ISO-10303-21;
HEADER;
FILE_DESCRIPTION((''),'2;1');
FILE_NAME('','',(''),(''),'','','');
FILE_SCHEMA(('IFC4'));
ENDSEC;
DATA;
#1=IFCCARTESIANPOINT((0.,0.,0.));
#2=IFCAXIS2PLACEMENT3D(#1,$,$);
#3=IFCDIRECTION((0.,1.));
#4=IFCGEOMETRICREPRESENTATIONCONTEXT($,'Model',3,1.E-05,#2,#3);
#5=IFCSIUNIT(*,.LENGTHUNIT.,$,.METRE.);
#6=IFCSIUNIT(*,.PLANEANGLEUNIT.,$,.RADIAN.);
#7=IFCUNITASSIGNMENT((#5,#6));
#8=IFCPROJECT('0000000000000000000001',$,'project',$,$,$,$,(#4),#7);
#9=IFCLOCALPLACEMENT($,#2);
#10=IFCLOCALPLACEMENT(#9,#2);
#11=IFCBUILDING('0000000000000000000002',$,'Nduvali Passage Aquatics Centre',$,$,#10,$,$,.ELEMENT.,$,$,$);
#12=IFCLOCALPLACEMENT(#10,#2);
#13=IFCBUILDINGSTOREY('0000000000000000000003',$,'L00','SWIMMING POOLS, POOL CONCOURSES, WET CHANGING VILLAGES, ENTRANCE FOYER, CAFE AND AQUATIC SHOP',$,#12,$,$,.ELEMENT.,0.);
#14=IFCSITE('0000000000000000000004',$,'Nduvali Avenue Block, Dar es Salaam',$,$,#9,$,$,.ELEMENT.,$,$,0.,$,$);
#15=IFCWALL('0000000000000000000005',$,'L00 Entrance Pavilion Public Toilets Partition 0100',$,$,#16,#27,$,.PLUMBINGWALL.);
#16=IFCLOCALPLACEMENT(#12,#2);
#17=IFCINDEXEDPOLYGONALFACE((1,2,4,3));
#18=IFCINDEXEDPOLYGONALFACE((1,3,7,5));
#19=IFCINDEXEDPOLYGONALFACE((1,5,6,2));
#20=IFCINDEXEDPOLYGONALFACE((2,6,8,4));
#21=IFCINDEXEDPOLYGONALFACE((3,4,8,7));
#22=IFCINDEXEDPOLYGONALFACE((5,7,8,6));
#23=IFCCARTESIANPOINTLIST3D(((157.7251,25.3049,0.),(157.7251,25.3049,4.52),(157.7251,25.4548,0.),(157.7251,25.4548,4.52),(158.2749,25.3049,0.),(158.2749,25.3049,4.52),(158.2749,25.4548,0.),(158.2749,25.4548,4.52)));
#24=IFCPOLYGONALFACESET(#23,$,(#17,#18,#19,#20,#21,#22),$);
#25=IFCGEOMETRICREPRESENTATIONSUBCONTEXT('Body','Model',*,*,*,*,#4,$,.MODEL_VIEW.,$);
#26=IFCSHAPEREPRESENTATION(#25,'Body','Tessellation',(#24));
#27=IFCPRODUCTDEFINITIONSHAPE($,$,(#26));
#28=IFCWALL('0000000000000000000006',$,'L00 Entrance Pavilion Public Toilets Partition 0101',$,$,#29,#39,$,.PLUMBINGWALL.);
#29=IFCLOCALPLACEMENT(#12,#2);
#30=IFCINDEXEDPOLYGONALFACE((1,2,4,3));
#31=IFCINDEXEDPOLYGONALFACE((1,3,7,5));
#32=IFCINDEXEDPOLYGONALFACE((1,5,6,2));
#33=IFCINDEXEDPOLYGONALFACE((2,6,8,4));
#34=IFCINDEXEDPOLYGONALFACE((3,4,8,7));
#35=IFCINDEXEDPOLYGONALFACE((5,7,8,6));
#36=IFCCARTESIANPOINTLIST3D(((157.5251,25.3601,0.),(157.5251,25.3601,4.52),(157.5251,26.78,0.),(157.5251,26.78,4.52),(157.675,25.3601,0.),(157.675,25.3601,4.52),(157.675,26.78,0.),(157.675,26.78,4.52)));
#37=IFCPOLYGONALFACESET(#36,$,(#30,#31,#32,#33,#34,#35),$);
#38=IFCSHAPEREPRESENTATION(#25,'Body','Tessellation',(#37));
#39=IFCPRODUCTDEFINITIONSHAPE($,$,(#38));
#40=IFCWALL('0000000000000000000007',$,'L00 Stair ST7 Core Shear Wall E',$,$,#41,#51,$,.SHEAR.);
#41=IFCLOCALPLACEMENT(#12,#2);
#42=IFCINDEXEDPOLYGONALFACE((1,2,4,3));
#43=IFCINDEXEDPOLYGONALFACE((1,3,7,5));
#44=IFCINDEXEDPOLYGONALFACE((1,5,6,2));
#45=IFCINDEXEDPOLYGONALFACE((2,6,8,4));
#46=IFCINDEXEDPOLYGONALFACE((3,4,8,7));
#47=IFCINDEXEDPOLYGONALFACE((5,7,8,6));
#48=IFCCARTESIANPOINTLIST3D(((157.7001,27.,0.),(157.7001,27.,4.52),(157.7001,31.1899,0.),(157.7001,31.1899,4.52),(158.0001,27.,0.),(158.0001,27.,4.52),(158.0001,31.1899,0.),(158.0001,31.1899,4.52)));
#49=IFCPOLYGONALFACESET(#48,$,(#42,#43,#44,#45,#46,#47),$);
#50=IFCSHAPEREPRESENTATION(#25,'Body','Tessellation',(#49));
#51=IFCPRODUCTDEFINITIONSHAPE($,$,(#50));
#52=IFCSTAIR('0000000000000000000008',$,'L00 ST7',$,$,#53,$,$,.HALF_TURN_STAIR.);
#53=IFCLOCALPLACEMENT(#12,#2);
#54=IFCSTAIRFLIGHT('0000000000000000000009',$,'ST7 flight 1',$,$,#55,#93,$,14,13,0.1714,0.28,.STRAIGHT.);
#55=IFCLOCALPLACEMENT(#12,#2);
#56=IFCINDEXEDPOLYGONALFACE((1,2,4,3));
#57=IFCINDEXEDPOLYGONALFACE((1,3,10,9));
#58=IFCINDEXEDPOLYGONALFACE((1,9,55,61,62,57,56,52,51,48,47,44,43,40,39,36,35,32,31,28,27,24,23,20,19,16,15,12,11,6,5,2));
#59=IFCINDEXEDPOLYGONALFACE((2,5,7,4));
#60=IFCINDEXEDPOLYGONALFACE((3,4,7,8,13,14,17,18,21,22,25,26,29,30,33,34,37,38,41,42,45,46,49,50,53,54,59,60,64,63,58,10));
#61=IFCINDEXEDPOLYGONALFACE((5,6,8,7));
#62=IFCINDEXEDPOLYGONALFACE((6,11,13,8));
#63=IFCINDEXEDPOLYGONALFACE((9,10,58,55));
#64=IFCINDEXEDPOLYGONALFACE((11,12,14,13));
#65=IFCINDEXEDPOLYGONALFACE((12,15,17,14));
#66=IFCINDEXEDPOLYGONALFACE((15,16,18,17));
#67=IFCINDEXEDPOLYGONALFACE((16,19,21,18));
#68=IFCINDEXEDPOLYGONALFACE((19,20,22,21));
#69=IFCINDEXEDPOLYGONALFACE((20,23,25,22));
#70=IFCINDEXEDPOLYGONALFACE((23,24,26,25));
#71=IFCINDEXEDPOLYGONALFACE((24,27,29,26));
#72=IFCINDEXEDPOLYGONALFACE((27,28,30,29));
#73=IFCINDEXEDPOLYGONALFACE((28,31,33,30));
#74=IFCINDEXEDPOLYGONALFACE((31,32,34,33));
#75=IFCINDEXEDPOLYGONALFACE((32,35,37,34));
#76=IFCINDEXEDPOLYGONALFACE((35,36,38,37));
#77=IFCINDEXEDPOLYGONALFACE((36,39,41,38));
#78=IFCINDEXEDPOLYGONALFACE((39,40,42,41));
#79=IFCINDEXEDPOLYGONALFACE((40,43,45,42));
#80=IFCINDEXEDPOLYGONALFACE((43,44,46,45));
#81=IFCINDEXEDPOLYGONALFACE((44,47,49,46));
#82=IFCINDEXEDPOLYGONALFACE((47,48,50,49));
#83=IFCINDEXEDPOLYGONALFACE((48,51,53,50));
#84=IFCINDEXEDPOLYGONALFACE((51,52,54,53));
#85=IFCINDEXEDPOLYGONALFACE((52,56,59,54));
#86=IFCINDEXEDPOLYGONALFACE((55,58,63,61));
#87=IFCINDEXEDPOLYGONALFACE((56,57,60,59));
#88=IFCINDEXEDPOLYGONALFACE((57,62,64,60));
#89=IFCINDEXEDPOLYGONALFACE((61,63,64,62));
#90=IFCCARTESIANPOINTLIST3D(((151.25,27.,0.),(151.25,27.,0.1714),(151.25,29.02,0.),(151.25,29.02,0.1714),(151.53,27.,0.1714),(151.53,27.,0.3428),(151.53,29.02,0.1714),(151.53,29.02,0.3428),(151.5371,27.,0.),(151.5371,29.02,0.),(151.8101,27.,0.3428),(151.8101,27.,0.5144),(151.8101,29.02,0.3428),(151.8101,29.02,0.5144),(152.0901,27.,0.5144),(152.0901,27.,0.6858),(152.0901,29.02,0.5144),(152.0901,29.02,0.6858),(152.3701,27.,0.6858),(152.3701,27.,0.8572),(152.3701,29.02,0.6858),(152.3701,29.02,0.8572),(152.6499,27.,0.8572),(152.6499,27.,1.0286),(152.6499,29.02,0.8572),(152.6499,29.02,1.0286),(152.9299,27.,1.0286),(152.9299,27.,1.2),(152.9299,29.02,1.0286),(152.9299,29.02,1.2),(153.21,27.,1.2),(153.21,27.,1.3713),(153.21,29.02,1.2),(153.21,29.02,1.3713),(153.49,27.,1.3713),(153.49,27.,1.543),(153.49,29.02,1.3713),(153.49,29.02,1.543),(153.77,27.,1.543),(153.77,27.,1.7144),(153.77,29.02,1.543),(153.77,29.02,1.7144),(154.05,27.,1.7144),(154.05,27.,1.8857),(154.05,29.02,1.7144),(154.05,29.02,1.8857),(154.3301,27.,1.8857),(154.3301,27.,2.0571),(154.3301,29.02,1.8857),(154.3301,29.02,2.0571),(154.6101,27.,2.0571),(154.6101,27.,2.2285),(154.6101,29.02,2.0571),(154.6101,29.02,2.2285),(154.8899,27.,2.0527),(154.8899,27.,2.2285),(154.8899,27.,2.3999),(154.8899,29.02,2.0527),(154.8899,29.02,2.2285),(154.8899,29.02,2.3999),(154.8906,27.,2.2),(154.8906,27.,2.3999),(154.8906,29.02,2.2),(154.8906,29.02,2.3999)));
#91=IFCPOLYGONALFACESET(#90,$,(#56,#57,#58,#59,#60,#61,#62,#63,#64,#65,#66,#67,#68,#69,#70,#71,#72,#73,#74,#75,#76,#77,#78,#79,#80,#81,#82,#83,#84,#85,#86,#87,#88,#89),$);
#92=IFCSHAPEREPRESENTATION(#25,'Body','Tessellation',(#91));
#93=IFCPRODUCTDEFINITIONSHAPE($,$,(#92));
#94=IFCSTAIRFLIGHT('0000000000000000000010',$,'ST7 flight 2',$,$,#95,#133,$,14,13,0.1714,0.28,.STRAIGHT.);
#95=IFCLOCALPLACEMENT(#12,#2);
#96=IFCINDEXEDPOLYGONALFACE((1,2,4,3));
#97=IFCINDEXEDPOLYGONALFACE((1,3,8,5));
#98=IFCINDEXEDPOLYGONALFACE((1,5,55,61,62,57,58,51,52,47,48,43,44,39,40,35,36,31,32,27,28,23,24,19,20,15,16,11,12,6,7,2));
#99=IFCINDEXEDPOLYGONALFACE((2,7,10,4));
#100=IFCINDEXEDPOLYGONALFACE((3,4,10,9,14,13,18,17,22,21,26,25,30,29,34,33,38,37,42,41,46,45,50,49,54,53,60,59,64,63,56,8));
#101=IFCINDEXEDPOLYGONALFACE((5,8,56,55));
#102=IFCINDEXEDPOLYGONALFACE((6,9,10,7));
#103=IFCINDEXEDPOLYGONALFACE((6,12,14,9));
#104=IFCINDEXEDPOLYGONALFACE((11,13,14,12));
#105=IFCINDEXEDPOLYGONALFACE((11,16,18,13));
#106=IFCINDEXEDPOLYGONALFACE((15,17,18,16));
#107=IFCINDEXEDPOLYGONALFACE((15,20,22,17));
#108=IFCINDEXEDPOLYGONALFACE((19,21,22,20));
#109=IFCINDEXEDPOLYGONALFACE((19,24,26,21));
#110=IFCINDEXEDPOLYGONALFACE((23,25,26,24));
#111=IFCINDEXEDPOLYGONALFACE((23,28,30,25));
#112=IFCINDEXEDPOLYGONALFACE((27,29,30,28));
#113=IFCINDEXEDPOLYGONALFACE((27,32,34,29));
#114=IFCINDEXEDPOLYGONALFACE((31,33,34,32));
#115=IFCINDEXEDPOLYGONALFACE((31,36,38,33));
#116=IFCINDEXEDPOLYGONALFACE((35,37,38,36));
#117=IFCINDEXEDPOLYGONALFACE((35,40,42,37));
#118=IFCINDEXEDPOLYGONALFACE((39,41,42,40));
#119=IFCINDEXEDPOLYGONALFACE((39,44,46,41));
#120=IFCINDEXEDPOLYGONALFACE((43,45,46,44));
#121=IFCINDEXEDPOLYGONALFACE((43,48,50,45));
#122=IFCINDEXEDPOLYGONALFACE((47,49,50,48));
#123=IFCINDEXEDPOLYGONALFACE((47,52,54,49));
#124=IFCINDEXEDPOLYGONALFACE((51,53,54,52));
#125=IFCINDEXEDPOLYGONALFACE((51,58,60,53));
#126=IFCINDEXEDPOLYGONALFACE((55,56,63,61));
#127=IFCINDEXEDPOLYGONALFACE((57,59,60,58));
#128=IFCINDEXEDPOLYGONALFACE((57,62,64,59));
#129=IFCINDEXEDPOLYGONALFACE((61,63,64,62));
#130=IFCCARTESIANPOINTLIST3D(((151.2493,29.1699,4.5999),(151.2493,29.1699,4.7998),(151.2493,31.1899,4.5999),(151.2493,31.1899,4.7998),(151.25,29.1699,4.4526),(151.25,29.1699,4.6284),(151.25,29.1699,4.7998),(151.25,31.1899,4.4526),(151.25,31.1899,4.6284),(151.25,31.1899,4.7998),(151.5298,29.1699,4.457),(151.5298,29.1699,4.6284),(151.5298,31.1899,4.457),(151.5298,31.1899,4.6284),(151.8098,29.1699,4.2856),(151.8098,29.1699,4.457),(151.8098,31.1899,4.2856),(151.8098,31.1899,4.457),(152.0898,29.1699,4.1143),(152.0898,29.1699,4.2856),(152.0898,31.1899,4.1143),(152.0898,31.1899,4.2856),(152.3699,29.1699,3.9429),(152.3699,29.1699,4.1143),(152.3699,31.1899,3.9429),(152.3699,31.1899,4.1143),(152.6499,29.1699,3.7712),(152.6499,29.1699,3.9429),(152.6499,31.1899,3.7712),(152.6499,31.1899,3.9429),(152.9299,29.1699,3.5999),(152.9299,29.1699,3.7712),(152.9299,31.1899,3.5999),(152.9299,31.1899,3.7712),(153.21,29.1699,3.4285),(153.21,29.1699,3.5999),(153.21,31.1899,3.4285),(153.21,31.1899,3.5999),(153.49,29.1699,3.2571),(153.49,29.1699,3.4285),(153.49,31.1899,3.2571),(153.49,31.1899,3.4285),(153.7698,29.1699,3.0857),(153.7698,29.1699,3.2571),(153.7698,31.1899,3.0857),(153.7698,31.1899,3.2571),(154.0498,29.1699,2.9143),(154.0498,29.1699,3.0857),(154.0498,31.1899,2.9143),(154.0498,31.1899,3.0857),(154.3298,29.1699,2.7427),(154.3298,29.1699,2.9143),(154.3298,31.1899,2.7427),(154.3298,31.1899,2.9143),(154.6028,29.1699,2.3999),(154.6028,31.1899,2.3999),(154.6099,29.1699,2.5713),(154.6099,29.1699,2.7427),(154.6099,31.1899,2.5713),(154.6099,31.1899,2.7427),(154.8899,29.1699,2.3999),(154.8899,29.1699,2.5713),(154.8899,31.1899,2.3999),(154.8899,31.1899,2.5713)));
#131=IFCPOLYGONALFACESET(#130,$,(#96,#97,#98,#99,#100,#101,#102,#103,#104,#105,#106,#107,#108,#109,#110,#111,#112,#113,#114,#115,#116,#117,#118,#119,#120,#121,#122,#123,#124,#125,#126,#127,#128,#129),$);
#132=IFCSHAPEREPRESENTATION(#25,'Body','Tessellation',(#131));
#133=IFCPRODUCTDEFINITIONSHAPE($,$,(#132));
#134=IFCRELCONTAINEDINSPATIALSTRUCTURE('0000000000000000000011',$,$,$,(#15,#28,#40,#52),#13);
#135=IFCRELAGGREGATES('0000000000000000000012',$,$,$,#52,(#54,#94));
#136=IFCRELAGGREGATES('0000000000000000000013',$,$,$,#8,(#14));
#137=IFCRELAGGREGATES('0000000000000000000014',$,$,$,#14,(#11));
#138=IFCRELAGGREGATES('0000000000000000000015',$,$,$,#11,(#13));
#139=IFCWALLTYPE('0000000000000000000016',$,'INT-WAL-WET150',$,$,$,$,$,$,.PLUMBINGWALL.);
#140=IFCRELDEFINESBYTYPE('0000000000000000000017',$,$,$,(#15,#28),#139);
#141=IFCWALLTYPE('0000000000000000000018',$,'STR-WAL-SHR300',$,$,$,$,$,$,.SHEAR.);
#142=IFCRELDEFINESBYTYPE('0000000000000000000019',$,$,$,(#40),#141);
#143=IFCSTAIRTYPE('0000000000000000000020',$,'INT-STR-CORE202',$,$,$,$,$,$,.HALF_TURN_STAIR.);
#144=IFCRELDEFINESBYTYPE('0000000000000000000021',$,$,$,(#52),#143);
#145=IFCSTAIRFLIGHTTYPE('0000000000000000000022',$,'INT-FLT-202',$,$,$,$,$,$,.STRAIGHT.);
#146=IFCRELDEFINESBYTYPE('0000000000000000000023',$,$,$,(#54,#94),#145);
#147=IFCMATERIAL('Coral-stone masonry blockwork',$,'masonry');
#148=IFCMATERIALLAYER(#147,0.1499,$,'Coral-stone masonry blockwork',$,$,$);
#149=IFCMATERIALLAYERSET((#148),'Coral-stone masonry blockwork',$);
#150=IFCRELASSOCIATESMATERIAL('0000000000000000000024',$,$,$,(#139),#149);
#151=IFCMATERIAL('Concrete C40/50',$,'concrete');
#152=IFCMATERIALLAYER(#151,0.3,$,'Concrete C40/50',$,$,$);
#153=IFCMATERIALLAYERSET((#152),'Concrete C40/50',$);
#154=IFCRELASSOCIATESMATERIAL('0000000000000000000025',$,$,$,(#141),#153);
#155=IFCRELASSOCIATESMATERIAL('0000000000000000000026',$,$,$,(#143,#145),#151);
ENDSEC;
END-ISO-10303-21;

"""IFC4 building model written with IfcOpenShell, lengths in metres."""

from ifc_helpers import new_model, si_unit, direction, frame, frame_2d, origin, place, context, subcontext, project, spatial, polyline, rectangle, outline, extrude, material, layer, layer_set, type_object, element, aggregate, save


model = new_model("IFC4")

# Units and contexts
model_context = context("Model", 3, precision=1e-05, world=origin(), true_north=direction((0.0, 1.0)))
body_context = subcontext(model_context, "Body", "Model", "MODEL_VIEW")
ifc_project = project(units=[si_unit("LENGTHUNIT", "METRE"), si_unit("PLANEANGLEUNIT", "RADIAN")], contexts=[model_context])

# Site, building, storey
site_placement = place(None, origin())
site = spatial("IfcSite", under=ifc_project, at=site_placement, Name="Nduvali Avenue Block, Dar es Salaam", CompositionType="ELEMENT", RefElevation=0.0)
building_placement = place(site_placement, origin())
building = spatial("IfcBuilding", under=site, at=building_placement, Name="Nduvali Passage Aquatics Centre", CompositionType="ELEMENT")
storey_placement = place(building_placement, origin())
storey = spatial("IfcBuildingStorey", under=building, at=storey_placement, Name="L00", Description="SWIMMING POOLS, POOL CONCOURSES, WET CHANGING VILLAGES, ENTRANCE FOYER, CAFE AND AQUATIC SHOP", CompositionType="ELEMENT", Elevation=0.0)

# Shared definitions
ifc_material_1 = material(Name="Concrete C40/50", Category="concrete")

# Shared definitions
ifc_material_2 = material(Name="Coral-stone masonry blockwork", Category="masonry")
ifc_layer_1 = layer(ifc_material_2, 0.1499, Name="Coral-stone masonry blockwork")
ifc_layer_set_1 = layer_set([ifc_layer_1], Name="Coral-stone masonry blockwork")
wall_type_1 = type_object("IfcWallType", Name="INT-WAL-WET150", PredefinedType="PLUMBINGWALL", material=ifc_layer_set_1)

# Walls
wall_1_placement = place(storey_placement, frame((157.7251, 25.3799, 0.0), z_axis=(0.0, 0.0, 1.0), x_axis=(1.0, 0.0, 0.0)))
element("IfcWall", 1, at=wall_1_placement, inside=storey, type_object=wall_type_1, Name="L00 Entrance Pavilion Public Toilets Partition 0100", PredefinedType="PLUMBINGWALL", context=body_context, shape_type="SweptSolid", body=[
    extrude(rectangle(XDim=0.5498, YDim=0.1499, at=frame_2d((0.2749, 0.0))), origin(), (0.0, 0.0, 1.0), 4.52),
])
wall_2_placement = place(storey_placement, frame((157.6001, 25.3601, 0.0), z_axis=(0.0, 0.0, 1.0), x_axis=(0.0, 1.0, 0.0)))
element("IfcWall", 2, at=wall_2_placement, inside=storey, type_object=wall_type_1, Name="L00 Entrance Pavilion Public Toilets Partition 0101", PredefinedType="PLUMBINGWALL", context=body_context, shape_type="SweptSolid", body=[
    extrude(rectangle(XDim=1.4199, YDim=0.1499, at=frame_2d((0.71, 0.0))), origin(), (0.0, 0.0, 1.0), 4.52),
])
ifc_layer_2 = layer(ifc_material_1, 0.3, Name="Concrete C40/50")
ifc_layer_set_2 = layer_set([ifc_layer_2], Name="Concrete C40/50")
wall_type_2 = type_object("IfcWallType", Name="STR-WAL-SHR300", PredefinedType="SHEAR", material=ifc_layer_set_2)
wall_3_placement = place(storey_placement, frame((157.8501, 27.0, 0.0), z_axis=(0.0, 0.0, 1.0), x_axis=(0.0, 1.0, 0.0)))
element("IfcWall", 3, at=wall_3_placement, inside=storey, type_object=wall_type_2, Name="L00 Stair ST7 Core Shear Wall E", PredefinedType="SHEAR", context=body_context, shape_type="SweptSolid", body=[
    extrude(rectangle(XDim=4.1899, YDim=0.3, at=frame_2d((2.095, 0.0))), origin(), (0.0, 0.0, 1.0), 4.52),
])

# Stair, stair flights
stair_type = type_object("IfcStairType", Name="INT-STR-CORE202", PredefinedType="HALF_TURN_STAIR", material=ifc_material_1)
stair_placement = place(storey_placement, origin())
stair = element("IfcStair", 4, at=stair_placement, inside=storey, type_object=stair_type, Name="L00 ST7", PredefinedType="HALF_TURN_STAIR")
stair_flight_type = type_object("IfcStairFlightType", Name="INT-FLT-202", PredefinedType="STRAIGHT", material=ifc_material_1)
stair_flight_1_placement = place(storey_placement, frame((151.25, 28.01, 0.0), z_axis=(0.0, 0.0, 1.0), x_axis=(1.0, 0.0, 0.0)))
stair_flight_1 = element("IfcStairFlight", 5, at=stair_flight_1_placement, type_object=stair_flight_type, Name="ST7 flight 1", NumberOfRisers=14, NumberOfTreads=13, PredefinedType="STRAIGHT", RiserHeight=0.1714, TreadLength=0.28, context=body_context, shape_type="SweptSolid", body=[
    extrude(outline(polyline([(0.0, 0.0), (0.0, 0.1714), (0.28, 0.1714), (0.28, 0.3428), (0.5601, 0.3428), (0.5601, 0.5144), (0.8401, 0.5144), (0.8401, 0.6858), (1.1201, 0.6858), (1.1201, 0.8572), (1.3999, 0.8572), (1.3999, 1.0286), (1.6799, 1.0286), (1.6799, 1.2), (1.96, 1.2), (1.96, 1.3713), (2.24, 1.3713), (2.24, 1.543), (2.52, 1.543), (2.52, 1.7144), (2.8, 1.7144), (2.8, 1.8857), (3.0801, 1.8857), (3.0801, 2.0571), (3.3601, 2.0571), (3.3601, 2.2285), (3.6399, 2.2285), (3.6399, 2.3999), (3.6406, 2.3999), (3.6406, 2.2), (3.6399, 2.0527), (0.2871, 0.0), (0.0, 0.0)])), frame((0.0, 1.01, 0.0), z_axis=(0.0, -1.0, 0.0), x_axis=(1.0, 0.0, 0.0)), (0.0, 0.0, 1.0), 2.02),
])
stair_flight_2_placement = place(storey_placement, frame((154.8899, 30.1799, 2.3999), z_axis=(0.0, 0.0, 1.0), x_axis=(-1.0, 0.0, 0.0)))
stair_flight_2 = element("IfcStairFlight", 6, at=stair_flight_2_placement, type_object=stair_flight_type, Name="ST7 flight 2", NumberOfRisers=14, NumberOfTreads=13, PredefinedType="STRAIGHT", RiserHeight=0.1714, TreadLength=0.28, context=body_context, shape_type="SweptSolid", body=[
    extrude(outline(polyline([(0.0, 0.0), (0.0, 0.1714), (0.28, 0.1714), (0.28, 0.3428), (0.5601, 0.3428), (0.5601, 0.5144), (0.8401, 0.5144), (0.8401, 0.6858), (1.1201, 0.6858), (1.1201, 0.8572), (1.3999, 0.8572), (1.3999, 1.0286), (1.6799, 1.0286), (1.6799, 1.2), (1.96, 1.2), (1.96, 1.3713), (2.24, 1.3713), (2.24, 1.543), (2.52, 1.543), (2.52, 1.7144), (2.8, 1.7144), (2.8, 1.8857), (3.0801, 1.8857), (3.0801, 2.0571), (3.3601, 2.0571), (3.3601, 2.2285), (3.6399, 2.2285), (3.6399, 2.3999), (3.6406, 2.3999), (3.6406, 2.2), (3.6399, 2.0527), (0.2871, 0.0), (0.0, 0.0)])), frame((0.0, 1.01, 0.0), z_axis=(0.0, -1.0, 0.0), x_axis=(1.0, 0.0, 0.0)), (0.0, 0.0, 1.0), 2.02),
])
aggregate(stair, [stair_flight_1, stair_flight_2])

save(model, "model.ifc")
